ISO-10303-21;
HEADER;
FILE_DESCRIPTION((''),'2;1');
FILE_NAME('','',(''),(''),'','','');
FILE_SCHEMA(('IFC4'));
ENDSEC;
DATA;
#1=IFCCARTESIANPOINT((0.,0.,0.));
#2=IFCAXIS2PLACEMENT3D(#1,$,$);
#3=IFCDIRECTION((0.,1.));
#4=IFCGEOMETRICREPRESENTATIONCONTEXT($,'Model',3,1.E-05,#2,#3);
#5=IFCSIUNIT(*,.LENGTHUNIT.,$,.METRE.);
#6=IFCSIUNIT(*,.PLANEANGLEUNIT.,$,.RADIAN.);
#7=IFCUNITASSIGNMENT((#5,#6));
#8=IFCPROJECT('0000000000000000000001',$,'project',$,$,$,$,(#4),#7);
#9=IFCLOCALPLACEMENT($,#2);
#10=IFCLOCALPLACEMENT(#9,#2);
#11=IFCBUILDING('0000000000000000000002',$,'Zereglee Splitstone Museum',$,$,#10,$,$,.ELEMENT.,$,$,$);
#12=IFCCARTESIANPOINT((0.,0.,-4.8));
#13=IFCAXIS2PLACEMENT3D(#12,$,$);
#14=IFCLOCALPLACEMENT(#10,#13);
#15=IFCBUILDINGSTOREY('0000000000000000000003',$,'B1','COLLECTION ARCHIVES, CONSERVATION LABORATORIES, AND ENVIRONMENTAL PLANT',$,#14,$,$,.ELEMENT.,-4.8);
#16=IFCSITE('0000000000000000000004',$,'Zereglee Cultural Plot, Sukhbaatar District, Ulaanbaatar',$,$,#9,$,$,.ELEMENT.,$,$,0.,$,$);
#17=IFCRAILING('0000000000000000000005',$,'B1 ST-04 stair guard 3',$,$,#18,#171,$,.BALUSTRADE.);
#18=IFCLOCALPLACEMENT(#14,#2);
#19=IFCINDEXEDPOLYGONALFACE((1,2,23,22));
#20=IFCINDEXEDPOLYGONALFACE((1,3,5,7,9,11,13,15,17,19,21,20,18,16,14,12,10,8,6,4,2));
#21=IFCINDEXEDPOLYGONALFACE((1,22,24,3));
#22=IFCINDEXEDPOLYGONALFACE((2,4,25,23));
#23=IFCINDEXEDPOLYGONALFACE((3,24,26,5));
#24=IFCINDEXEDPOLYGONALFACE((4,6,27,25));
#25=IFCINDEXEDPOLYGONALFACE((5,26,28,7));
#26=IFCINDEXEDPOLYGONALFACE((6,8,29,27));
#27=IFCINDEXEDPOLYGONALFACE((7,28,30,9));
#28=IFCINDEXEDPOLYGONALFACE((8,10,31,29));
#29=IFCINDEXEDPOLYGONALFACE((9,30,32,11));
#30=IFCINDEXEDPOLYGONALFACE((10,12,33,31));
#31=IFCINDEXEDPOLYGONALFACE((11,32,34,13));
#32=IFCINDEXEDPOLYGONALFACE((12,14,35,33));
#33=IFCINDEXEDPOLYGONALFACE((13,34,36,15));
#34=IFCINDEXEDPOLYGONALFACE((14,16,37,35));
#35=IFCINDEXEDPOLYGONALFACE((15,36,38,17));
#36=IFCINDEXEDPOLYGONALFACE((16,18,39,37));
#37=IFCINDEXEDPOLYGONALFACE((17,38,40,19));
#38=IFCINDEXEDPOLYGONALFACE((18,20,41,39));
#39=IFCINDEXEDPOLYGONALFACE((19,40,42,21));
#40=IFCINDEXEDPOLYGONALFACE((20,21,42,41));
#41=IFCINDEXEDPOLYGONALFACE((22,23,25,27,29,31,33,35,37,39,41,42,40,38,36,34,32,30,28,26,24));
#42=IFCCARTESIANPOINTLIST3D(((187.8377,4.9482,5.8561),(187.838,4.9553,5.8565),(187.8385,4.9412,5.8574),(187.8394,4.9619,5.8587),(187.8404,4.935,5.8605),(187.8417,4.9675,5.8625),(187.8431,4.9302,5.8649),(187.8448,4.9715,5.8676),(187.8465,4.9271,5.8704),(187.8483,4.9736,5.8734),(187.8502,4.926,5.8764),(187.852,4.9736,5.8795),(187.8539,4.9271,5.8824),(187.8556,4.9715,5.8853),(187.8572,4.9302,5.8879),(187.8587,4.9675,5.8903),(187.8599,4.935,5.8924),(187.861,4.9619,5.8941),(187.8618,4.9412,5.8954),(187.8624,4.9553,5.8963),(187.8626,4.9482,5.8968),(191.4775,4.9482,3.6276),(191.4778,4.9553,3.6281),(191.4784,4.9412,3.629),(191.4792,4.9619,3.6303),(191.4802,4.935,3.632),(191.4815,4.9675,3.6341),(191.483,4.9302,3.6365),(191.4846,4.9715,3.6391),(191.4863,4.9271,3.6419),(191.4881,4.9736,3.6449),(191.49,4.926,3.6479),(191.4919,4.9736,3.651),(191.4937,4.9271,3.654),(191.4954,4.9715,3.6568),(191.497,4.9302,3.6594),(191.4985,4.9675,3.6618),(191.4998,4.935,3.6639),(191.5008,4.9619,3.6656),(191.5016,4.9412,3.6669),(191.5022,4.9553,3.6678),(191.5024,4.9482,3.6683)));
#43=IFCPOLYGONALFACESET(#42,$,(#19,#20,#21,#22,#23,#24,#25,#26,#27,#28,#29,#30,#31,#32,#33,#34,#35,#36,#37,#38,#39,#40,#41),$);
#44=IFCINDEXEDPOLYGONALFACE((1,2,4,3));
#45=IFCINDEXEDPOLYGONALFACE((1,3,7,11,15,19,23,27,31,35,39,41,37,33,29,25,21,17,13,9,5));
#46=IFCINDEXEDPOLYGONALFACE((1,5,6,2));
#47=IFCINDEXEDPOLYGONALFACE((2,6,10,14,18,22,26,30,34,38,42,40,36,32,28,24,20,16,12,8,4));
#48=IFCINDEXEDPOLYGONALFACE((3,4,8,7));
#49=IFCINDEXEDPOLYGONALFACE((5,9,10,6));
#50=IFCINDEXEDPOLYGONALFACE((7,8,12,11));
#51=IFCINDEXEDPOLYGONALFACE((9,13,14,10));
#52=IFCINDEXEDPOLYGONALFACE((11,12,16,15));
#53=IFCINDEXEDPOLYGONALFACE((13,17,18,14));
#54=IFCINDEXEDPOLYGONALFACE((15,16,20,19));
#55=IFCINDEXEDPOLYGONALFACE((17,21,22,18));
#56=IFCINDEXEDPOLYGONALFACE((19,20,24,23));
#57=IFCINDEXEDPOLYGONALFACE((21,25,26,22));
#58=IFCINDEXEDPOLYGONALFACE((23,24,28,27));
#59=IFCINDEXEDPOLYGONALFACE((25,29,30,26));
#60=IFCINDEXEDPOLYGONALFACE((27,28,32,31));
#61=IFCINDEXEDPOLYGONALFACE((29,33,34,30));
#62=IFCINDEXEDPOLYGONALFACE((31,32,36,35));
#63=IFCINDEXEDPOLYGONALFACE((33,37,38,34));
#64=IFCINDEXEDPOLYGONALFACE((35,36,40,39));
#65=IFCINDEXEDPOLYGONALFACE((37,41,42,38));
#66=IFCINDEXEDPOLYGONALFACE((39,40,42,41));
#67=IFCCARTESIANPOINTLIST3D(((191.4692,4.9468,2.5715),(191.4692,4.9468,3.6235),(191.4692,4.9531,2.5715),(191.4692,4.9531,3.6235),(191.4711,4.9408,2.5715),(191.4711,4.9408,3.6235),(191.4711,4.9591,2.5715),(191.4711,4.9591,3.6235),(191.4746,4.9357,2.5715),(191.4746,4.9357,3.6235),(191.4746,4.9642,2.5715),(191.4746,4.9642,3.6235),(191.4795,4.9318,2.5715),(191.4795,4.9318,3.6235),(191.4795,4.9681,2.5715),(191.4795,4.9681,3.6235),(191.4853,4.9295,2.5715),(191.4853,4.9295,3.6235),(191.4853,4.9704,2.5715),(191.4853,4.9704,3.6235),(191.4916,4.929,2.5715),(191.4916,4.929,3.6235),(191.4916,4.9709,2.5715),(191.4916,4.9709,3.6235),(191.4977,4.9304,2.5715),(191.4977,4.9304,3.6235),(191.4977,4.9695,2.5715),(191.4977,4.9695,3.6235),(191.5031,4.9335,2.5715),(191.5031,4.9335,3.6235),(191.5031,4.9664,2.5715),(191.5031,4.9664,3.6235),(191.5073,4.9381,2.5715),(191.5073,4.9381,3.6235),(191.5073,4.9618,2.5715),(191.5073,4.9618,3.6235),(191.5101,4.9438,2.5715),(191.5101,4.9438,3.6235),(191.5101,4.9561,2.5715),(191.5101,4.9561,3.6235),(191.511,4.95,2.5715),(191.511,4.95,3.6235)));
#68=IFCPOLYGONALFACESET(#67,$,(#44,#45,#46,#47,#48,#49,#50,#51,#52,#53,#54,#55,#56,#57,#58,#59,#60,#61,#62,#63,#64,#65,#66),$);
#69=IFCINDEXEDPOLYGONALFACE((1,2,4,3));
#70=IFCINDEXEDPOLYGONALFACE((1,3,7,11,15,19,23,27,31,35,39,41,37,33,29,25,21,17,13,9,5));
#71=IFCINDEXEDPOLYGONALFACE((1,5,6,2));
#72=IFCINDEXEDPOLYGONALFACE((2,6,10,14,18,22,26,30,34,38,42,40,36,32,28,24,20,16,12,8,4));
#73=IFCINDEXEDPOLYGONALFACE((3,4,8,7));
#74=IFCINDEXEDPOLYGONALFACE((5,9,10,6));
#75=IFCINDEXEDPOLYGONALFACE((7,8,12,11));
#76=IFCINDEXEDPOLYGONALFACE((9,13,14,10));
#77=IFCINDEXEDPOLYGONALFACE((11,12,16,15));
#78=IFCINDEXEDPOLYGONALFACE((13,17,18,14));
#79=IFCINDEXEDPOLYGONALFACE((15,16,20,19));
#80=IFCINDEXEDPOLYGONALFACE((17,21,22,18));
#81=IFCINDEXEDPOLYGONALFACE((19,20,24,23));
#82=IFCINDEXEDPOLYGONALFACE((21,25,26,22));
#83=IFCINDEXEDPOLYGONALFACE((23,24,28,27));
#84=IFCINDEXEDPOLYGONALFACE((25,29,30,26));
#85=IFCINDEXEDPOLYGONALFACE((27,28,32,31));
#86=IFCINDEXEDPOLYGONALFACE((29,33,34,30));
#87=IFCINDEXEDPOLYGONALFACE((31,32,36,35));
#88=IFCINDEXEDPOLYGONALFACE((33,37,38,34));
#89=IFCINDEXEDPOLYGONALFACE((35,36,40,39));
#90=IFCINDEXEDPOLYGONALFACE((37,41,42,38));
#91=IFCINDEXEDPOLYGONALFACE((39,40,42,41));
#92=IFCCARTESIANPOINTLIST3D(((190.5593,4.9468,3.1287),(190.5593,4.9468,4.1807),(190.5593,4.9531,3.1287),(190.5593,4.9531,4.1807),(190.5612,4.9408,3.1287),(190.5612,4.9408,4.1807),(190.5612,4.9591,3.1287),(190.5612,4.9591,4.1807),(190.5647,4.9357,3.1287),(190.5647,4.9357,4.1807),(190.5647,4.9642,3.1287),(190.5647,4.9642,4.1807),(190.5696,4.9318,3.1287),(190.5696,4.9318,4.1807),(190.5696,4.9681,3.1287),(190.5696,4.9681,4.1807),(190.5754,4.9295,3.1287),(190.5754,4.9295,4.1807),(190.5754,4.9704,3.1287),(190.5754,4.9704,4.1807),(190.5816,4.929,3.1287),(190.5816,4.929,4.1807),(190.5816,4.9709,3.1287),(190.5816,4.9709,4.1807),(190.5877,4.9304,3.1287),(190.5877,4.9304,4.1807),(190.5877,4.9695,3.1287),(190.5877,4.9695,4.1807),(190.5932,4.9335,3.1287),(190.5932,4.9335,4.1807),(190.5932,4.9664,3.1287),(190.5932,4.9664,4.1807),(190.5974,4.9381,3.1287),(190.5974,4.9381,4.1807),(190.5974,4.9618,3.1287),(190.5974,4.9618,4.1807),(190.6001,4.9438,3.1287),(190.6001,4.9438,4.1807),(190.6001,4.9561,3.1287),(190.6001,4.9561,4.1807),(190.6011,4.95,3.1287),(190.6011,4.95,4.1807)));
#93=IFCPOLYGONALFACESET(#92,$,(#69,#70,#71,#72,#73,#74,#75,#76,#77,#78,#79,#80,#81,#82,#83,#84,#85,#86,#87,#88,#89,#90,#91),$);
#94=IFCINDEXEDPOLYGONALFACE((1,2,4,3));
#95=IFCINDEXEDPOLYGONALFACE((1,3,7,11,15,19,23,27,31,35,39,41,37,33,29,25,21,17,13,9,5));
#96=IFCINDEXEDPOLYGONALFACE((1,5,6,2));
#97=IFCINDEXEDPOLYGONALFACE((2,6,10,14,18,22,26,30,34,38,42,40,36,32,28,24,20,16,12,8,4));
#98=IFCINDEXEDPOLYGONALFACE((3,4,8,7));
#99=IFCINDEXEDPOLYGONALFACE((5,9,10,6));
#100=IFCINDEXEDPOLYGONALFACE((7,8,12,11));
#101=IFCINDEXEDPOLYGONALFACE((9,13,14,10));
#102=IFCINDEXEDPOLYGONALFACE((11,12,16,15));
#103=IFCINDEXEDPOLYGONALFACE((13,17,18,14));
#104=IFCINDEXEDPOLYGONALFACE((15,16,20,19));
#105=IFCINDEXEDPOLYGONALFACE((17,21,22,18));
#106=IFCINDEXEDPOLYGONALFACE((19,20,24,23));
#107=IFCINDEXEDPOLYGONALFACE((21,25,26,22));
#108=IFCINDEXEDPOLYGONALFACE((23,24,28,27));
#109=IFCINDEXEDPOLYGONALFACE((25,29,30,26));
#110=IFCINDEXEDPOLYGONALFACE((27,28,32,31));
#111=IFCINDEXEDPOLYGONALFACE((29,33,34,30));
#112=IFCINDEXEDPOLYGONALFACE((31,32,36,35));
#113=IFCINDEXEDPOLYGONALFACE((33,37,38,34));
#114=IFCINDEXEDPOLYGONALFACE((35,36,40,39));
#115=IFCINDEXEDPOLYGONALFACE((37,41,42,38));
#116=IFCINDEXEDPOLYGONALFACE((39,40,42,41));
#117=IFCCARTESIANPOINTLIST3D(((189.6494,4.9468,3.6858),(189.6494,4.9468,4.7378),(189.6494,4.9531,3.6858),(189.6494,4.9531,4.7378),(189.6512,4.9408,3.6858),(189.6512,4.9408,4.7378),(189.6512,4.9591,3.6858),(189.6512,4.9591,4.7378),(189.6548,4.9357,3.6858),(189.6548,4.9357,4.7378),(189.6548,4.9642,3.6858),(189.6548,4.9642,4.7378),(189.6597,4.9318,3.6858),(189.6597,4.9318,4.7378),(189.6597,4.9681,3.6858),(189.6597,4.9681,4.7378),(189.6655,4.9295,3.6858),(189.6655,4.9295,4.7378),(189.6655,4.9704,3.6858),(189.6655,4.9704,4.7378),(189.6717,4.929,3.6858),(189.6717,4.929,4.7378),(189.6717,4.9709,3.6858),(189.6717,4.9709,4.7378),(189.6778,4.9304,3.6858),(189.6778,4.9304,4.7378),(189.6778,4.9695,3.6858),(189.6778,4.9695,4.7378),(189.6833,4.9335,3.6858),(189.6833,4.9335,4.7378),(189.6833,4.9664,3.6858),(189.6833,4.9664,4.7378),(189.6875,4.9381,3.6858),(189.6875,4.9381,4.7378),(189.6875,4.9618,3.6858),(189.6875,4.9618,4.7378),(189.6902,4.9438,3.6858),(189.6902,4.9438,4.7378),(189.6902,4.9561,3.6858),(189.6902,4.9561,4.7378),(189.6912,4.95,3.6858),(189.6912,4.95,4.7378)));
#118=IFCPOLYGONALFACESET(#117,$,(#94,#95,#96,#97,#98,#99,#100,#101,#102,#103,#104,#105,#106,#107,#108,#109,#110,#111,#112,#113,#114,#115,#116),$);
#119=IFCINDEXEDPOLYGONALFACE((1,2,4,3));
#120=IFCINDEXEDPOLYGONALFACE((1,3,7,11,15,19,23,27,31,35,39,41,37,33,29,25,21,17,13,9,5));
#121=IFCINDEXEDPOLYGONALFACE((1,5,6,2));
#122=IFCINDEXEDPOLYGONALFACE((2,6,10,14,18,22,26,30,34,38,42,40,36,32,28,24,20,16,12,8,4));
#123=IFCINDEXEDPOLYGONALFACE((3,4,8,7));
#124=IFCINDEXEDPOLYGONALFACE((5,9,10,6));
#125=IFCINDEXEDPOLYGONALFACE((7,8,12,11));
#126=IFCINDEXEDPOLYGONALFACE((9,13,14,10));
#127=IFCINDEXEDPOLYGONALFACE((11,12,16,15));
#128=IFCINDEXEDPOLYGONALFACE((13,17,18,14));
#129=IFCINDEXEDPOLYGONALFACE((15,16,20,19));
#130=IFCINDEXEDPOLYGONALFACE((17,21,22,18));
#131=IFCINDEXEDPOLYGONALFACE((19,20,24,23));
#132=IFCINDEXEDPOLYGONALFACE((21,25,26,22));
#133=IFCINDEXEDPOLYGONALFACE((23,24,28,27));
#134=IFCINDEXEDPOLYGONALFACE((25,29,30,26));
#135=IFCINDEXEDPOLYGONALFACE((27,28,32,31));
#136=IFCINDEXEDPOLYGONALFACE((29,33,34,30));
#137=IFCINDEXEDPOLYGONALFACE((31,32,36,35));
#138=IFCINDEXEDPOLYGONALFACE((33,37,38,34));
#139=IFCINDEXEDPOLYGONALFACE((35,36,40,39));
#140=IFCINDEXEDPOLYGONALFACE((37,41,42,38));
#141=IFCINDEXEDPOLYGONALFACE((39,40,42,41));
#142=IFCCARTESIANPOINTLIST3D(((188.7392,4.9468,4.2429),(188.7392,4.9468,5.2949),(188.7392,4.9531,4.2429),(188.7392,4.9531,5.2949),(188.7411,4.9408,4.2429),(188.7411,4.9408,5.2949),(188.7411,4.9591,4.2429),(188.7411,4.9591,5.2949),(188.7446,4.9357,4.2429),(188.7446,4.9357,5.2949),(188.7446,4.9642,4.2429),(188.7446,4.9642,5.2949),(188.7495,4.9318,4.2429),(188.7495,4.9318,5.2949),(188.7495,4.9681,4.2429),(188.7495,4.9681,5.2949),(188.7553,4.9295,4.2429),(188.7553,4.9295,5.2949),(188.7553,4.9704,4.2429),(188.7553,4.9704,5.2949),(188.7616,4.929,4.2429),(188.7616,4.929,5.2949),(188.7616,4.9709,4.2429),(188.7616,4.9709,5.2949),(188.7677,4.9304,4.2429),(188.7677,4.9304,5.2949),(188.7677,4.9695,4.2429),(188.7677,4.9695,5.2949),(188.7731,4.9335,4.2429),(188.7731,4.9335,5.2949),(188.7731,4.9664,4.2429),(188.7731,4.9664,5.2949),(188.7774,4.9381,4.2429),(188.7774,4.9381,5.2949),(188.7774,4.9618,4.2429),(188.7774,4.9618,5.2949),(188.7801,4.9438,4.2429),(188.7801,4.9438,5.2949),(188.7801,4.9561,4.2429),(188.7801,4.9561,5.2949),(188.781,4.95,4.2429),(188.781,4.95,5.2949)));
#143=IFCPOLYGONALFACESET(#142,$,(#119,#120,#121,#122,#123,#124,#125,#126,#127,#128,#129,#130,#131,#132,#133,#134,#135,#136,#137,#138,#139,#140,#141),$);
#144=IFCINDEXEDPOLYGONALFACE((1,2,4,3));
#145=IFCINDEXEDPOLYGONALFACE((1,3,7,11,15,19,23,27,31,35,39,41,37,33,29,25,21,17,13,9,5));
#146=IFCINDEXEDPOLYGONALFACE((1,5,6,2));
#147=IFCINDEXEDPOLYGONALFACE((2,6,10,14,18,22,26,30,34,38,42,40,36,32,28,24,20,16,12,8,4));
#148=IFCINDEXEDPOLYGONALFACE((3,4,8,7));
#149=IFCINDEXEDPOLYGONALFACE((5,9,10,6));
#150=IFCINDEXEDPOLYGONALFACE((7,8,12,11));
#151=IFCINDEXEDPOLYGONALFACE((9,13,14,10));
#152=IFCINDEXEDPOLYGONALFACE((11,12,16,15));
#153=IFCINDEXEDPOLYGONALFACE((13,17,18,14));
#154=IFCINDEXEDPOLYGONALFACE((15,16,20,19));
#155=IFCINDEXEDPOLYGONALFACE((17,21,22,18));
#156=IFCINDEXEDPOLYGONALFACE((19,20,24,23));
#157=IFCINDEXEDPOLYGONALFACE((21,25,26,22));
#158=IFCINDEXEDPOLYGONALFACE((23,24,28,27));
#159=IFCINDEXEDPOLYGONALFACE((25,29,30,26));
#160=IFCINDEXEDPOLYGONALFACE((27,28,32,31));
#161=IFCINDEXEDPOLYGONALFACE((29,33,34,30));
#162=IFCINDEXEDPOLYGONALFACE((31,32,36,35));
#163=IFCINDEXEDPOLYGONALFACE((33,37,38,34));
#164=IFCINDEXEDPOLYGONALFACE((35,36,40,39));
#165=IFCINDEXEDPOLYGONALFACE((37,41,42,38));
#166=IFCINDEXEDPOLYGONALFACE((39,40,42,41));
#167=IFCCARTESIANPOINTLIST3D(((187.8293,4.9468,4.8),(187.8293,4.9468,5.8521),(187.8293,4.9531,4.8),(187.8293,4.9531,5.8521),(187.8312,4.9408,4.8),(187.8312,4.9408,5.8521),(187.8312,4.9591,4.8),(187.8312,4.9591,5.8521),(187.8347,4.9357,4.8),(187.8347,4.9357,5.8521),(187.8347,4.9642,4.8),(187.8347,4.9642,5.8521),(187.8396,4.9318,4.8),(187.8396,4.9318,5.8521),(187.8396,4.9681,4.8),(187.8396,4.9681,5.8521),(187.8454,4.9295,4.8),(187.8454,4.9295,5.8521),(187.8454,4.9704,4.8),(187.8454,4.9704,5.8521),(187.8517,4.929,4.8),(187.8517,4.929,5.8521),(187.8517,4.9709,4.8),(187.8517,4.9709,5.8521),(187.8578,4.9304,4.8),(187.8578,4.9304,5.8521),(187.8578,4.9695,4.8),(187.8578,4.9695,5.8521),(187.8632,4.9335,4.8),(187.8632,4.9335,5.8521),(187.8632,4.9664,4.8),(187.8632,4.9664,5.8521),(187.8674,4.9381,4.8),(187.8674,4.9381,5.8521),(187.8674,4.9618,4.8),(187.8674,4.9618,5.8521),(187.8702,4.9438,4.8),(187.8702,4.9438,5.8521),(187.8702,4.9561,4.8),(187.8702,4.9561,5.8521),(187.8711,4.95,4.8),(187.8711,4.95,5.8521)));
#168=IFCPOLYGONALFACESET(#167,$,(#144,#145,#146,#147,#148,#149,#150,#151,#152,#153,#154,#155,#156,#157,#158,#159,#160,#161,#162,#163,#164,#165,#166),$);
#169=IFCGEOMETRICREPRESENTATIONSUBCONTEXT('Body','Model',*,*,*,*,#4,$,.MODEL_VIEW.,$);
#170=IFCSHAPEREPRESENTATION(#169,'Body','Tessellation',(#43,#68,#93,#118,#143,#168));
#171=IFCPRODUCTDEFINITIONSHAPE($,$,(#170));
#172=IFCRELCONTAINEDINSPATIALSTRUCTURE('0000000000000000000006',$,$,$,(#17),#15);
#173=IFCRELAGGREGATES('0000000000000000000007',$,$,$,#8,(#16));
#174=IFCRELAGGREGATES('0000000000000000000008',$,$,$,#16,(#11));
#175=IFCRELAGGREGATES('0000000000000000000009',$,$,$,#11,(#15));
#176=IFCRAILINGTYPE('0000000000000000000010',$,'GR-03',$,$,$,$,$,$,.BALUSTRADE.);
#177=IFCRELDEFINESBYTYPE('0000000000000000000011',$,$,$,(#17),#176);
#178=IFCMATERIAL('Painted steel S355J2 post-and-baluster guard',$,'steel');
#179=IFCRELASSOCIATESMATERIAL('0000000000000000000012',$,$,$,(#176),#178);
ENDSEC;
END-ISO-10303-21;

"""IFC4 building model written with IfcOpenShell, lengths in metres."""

from ifc_helpers import new_model, si_unit, direction, frame, origin, origin_2d, place, context, subcontext, project, spatial, circle, extrude, material, type_object, element, save


model = new_model("IFC4")

# Units and contexts
model_context = context("Model", 3, precision=1e-05, world=origin(), true_north=direction((0.0, 1.0)))
body_context = subcontext(model_context, "Body", "Model", "MODEL_VIEW")
ifc_project = project(units=[si_unit("LENGTHUNIT", "METRE"), si_unit("PLANEANGLEUNIT", "RADIAN")], contexts=[model_context])

# Site, building, storey
site_placement = place(None, origin())
site = spatial("IfcSite", under=ifc_project, at=site_placement, Name="Zereglee Cultural Plot, Sukhbaatar District, Ulaanbaatar", CompositionType="ELEMENT", RefElevation=0.0)
building_placement = place(site_placement, origin())
building = spatial("IfcBuilding", under=site, at=building_placement, Name="Zereglee Splitstone Museum", CompositionType="ELEMENT")
storey_placement = place(building_placement, frame((0.0, 0.0, -4.8)))
storey = spatial("IfcBuildingStorey", under=building, at=storey_placement, Name="B1", Description="COLLECTION ARCHIVES, CONSERVATION LABORATORIES, AND ENVIRONMENTAL PLANT", CompositionType="ELEMENT", Elevation=-4.8)

# Railing
ifc_material_1 = material(Name="Painted steel S355J2 post-and-baluster guard", Category="steel")
railing_type_1 = type_object("IfcRailingType", Name="GR-03", PredefinedType="BALUSTRADE", material=ifc_material_1)
railing_1_placement = place(storey_placement, frame((191.49, 4.95, 2.5715)))
element("IfcRailing", 1, at=railing_1_placement, inside=storey, type_object=railing_type_1, Name="B1 ST-04 stair guard 3", PredefinedType="BALUSTRADE", context=body_context, shape_type="SweptSolid", body=[
    extrude(circle(Radius=0.0239, at=origin_2d()), frame((0.0, 0.0, 1.0764), z_axis=(-0.85285, 0.0, 0.522156), x_axis=(0.0, -1.0, 0.0)), (0.0, 0.0, 1.0), 4.2678),
    extrude(circle(Radius=0.021, at=origin_2d()), origin(), (0.0, 0.0, 1.0), 1.052),
    extrude(circle(Radius=0.021, at=origin_2d()), frame((-0.9099, 0.0, 0.5571)), (0.0, 0.0, 1.0), 1.052),
    extrude(circle(Radius=0.021, at=origin_2d()), frame((-1.8198, 0.0, 1.1143)), (0.0, 0.0, 1.0), 1.052),
    extrude(circle(Radius=0.021, at=origin_2d()), frame((-2.73, 0.0, 1.6714)), (0.0, 0.0, 1.0), 1.052),
    extrude(circle(Radius=0.021, at=origin_2d()), frame((-3.6399, 0.0, 2.2285)), (0.0, 0.0, 1.0), 1.052),
])

save(model, "model.ifc")
